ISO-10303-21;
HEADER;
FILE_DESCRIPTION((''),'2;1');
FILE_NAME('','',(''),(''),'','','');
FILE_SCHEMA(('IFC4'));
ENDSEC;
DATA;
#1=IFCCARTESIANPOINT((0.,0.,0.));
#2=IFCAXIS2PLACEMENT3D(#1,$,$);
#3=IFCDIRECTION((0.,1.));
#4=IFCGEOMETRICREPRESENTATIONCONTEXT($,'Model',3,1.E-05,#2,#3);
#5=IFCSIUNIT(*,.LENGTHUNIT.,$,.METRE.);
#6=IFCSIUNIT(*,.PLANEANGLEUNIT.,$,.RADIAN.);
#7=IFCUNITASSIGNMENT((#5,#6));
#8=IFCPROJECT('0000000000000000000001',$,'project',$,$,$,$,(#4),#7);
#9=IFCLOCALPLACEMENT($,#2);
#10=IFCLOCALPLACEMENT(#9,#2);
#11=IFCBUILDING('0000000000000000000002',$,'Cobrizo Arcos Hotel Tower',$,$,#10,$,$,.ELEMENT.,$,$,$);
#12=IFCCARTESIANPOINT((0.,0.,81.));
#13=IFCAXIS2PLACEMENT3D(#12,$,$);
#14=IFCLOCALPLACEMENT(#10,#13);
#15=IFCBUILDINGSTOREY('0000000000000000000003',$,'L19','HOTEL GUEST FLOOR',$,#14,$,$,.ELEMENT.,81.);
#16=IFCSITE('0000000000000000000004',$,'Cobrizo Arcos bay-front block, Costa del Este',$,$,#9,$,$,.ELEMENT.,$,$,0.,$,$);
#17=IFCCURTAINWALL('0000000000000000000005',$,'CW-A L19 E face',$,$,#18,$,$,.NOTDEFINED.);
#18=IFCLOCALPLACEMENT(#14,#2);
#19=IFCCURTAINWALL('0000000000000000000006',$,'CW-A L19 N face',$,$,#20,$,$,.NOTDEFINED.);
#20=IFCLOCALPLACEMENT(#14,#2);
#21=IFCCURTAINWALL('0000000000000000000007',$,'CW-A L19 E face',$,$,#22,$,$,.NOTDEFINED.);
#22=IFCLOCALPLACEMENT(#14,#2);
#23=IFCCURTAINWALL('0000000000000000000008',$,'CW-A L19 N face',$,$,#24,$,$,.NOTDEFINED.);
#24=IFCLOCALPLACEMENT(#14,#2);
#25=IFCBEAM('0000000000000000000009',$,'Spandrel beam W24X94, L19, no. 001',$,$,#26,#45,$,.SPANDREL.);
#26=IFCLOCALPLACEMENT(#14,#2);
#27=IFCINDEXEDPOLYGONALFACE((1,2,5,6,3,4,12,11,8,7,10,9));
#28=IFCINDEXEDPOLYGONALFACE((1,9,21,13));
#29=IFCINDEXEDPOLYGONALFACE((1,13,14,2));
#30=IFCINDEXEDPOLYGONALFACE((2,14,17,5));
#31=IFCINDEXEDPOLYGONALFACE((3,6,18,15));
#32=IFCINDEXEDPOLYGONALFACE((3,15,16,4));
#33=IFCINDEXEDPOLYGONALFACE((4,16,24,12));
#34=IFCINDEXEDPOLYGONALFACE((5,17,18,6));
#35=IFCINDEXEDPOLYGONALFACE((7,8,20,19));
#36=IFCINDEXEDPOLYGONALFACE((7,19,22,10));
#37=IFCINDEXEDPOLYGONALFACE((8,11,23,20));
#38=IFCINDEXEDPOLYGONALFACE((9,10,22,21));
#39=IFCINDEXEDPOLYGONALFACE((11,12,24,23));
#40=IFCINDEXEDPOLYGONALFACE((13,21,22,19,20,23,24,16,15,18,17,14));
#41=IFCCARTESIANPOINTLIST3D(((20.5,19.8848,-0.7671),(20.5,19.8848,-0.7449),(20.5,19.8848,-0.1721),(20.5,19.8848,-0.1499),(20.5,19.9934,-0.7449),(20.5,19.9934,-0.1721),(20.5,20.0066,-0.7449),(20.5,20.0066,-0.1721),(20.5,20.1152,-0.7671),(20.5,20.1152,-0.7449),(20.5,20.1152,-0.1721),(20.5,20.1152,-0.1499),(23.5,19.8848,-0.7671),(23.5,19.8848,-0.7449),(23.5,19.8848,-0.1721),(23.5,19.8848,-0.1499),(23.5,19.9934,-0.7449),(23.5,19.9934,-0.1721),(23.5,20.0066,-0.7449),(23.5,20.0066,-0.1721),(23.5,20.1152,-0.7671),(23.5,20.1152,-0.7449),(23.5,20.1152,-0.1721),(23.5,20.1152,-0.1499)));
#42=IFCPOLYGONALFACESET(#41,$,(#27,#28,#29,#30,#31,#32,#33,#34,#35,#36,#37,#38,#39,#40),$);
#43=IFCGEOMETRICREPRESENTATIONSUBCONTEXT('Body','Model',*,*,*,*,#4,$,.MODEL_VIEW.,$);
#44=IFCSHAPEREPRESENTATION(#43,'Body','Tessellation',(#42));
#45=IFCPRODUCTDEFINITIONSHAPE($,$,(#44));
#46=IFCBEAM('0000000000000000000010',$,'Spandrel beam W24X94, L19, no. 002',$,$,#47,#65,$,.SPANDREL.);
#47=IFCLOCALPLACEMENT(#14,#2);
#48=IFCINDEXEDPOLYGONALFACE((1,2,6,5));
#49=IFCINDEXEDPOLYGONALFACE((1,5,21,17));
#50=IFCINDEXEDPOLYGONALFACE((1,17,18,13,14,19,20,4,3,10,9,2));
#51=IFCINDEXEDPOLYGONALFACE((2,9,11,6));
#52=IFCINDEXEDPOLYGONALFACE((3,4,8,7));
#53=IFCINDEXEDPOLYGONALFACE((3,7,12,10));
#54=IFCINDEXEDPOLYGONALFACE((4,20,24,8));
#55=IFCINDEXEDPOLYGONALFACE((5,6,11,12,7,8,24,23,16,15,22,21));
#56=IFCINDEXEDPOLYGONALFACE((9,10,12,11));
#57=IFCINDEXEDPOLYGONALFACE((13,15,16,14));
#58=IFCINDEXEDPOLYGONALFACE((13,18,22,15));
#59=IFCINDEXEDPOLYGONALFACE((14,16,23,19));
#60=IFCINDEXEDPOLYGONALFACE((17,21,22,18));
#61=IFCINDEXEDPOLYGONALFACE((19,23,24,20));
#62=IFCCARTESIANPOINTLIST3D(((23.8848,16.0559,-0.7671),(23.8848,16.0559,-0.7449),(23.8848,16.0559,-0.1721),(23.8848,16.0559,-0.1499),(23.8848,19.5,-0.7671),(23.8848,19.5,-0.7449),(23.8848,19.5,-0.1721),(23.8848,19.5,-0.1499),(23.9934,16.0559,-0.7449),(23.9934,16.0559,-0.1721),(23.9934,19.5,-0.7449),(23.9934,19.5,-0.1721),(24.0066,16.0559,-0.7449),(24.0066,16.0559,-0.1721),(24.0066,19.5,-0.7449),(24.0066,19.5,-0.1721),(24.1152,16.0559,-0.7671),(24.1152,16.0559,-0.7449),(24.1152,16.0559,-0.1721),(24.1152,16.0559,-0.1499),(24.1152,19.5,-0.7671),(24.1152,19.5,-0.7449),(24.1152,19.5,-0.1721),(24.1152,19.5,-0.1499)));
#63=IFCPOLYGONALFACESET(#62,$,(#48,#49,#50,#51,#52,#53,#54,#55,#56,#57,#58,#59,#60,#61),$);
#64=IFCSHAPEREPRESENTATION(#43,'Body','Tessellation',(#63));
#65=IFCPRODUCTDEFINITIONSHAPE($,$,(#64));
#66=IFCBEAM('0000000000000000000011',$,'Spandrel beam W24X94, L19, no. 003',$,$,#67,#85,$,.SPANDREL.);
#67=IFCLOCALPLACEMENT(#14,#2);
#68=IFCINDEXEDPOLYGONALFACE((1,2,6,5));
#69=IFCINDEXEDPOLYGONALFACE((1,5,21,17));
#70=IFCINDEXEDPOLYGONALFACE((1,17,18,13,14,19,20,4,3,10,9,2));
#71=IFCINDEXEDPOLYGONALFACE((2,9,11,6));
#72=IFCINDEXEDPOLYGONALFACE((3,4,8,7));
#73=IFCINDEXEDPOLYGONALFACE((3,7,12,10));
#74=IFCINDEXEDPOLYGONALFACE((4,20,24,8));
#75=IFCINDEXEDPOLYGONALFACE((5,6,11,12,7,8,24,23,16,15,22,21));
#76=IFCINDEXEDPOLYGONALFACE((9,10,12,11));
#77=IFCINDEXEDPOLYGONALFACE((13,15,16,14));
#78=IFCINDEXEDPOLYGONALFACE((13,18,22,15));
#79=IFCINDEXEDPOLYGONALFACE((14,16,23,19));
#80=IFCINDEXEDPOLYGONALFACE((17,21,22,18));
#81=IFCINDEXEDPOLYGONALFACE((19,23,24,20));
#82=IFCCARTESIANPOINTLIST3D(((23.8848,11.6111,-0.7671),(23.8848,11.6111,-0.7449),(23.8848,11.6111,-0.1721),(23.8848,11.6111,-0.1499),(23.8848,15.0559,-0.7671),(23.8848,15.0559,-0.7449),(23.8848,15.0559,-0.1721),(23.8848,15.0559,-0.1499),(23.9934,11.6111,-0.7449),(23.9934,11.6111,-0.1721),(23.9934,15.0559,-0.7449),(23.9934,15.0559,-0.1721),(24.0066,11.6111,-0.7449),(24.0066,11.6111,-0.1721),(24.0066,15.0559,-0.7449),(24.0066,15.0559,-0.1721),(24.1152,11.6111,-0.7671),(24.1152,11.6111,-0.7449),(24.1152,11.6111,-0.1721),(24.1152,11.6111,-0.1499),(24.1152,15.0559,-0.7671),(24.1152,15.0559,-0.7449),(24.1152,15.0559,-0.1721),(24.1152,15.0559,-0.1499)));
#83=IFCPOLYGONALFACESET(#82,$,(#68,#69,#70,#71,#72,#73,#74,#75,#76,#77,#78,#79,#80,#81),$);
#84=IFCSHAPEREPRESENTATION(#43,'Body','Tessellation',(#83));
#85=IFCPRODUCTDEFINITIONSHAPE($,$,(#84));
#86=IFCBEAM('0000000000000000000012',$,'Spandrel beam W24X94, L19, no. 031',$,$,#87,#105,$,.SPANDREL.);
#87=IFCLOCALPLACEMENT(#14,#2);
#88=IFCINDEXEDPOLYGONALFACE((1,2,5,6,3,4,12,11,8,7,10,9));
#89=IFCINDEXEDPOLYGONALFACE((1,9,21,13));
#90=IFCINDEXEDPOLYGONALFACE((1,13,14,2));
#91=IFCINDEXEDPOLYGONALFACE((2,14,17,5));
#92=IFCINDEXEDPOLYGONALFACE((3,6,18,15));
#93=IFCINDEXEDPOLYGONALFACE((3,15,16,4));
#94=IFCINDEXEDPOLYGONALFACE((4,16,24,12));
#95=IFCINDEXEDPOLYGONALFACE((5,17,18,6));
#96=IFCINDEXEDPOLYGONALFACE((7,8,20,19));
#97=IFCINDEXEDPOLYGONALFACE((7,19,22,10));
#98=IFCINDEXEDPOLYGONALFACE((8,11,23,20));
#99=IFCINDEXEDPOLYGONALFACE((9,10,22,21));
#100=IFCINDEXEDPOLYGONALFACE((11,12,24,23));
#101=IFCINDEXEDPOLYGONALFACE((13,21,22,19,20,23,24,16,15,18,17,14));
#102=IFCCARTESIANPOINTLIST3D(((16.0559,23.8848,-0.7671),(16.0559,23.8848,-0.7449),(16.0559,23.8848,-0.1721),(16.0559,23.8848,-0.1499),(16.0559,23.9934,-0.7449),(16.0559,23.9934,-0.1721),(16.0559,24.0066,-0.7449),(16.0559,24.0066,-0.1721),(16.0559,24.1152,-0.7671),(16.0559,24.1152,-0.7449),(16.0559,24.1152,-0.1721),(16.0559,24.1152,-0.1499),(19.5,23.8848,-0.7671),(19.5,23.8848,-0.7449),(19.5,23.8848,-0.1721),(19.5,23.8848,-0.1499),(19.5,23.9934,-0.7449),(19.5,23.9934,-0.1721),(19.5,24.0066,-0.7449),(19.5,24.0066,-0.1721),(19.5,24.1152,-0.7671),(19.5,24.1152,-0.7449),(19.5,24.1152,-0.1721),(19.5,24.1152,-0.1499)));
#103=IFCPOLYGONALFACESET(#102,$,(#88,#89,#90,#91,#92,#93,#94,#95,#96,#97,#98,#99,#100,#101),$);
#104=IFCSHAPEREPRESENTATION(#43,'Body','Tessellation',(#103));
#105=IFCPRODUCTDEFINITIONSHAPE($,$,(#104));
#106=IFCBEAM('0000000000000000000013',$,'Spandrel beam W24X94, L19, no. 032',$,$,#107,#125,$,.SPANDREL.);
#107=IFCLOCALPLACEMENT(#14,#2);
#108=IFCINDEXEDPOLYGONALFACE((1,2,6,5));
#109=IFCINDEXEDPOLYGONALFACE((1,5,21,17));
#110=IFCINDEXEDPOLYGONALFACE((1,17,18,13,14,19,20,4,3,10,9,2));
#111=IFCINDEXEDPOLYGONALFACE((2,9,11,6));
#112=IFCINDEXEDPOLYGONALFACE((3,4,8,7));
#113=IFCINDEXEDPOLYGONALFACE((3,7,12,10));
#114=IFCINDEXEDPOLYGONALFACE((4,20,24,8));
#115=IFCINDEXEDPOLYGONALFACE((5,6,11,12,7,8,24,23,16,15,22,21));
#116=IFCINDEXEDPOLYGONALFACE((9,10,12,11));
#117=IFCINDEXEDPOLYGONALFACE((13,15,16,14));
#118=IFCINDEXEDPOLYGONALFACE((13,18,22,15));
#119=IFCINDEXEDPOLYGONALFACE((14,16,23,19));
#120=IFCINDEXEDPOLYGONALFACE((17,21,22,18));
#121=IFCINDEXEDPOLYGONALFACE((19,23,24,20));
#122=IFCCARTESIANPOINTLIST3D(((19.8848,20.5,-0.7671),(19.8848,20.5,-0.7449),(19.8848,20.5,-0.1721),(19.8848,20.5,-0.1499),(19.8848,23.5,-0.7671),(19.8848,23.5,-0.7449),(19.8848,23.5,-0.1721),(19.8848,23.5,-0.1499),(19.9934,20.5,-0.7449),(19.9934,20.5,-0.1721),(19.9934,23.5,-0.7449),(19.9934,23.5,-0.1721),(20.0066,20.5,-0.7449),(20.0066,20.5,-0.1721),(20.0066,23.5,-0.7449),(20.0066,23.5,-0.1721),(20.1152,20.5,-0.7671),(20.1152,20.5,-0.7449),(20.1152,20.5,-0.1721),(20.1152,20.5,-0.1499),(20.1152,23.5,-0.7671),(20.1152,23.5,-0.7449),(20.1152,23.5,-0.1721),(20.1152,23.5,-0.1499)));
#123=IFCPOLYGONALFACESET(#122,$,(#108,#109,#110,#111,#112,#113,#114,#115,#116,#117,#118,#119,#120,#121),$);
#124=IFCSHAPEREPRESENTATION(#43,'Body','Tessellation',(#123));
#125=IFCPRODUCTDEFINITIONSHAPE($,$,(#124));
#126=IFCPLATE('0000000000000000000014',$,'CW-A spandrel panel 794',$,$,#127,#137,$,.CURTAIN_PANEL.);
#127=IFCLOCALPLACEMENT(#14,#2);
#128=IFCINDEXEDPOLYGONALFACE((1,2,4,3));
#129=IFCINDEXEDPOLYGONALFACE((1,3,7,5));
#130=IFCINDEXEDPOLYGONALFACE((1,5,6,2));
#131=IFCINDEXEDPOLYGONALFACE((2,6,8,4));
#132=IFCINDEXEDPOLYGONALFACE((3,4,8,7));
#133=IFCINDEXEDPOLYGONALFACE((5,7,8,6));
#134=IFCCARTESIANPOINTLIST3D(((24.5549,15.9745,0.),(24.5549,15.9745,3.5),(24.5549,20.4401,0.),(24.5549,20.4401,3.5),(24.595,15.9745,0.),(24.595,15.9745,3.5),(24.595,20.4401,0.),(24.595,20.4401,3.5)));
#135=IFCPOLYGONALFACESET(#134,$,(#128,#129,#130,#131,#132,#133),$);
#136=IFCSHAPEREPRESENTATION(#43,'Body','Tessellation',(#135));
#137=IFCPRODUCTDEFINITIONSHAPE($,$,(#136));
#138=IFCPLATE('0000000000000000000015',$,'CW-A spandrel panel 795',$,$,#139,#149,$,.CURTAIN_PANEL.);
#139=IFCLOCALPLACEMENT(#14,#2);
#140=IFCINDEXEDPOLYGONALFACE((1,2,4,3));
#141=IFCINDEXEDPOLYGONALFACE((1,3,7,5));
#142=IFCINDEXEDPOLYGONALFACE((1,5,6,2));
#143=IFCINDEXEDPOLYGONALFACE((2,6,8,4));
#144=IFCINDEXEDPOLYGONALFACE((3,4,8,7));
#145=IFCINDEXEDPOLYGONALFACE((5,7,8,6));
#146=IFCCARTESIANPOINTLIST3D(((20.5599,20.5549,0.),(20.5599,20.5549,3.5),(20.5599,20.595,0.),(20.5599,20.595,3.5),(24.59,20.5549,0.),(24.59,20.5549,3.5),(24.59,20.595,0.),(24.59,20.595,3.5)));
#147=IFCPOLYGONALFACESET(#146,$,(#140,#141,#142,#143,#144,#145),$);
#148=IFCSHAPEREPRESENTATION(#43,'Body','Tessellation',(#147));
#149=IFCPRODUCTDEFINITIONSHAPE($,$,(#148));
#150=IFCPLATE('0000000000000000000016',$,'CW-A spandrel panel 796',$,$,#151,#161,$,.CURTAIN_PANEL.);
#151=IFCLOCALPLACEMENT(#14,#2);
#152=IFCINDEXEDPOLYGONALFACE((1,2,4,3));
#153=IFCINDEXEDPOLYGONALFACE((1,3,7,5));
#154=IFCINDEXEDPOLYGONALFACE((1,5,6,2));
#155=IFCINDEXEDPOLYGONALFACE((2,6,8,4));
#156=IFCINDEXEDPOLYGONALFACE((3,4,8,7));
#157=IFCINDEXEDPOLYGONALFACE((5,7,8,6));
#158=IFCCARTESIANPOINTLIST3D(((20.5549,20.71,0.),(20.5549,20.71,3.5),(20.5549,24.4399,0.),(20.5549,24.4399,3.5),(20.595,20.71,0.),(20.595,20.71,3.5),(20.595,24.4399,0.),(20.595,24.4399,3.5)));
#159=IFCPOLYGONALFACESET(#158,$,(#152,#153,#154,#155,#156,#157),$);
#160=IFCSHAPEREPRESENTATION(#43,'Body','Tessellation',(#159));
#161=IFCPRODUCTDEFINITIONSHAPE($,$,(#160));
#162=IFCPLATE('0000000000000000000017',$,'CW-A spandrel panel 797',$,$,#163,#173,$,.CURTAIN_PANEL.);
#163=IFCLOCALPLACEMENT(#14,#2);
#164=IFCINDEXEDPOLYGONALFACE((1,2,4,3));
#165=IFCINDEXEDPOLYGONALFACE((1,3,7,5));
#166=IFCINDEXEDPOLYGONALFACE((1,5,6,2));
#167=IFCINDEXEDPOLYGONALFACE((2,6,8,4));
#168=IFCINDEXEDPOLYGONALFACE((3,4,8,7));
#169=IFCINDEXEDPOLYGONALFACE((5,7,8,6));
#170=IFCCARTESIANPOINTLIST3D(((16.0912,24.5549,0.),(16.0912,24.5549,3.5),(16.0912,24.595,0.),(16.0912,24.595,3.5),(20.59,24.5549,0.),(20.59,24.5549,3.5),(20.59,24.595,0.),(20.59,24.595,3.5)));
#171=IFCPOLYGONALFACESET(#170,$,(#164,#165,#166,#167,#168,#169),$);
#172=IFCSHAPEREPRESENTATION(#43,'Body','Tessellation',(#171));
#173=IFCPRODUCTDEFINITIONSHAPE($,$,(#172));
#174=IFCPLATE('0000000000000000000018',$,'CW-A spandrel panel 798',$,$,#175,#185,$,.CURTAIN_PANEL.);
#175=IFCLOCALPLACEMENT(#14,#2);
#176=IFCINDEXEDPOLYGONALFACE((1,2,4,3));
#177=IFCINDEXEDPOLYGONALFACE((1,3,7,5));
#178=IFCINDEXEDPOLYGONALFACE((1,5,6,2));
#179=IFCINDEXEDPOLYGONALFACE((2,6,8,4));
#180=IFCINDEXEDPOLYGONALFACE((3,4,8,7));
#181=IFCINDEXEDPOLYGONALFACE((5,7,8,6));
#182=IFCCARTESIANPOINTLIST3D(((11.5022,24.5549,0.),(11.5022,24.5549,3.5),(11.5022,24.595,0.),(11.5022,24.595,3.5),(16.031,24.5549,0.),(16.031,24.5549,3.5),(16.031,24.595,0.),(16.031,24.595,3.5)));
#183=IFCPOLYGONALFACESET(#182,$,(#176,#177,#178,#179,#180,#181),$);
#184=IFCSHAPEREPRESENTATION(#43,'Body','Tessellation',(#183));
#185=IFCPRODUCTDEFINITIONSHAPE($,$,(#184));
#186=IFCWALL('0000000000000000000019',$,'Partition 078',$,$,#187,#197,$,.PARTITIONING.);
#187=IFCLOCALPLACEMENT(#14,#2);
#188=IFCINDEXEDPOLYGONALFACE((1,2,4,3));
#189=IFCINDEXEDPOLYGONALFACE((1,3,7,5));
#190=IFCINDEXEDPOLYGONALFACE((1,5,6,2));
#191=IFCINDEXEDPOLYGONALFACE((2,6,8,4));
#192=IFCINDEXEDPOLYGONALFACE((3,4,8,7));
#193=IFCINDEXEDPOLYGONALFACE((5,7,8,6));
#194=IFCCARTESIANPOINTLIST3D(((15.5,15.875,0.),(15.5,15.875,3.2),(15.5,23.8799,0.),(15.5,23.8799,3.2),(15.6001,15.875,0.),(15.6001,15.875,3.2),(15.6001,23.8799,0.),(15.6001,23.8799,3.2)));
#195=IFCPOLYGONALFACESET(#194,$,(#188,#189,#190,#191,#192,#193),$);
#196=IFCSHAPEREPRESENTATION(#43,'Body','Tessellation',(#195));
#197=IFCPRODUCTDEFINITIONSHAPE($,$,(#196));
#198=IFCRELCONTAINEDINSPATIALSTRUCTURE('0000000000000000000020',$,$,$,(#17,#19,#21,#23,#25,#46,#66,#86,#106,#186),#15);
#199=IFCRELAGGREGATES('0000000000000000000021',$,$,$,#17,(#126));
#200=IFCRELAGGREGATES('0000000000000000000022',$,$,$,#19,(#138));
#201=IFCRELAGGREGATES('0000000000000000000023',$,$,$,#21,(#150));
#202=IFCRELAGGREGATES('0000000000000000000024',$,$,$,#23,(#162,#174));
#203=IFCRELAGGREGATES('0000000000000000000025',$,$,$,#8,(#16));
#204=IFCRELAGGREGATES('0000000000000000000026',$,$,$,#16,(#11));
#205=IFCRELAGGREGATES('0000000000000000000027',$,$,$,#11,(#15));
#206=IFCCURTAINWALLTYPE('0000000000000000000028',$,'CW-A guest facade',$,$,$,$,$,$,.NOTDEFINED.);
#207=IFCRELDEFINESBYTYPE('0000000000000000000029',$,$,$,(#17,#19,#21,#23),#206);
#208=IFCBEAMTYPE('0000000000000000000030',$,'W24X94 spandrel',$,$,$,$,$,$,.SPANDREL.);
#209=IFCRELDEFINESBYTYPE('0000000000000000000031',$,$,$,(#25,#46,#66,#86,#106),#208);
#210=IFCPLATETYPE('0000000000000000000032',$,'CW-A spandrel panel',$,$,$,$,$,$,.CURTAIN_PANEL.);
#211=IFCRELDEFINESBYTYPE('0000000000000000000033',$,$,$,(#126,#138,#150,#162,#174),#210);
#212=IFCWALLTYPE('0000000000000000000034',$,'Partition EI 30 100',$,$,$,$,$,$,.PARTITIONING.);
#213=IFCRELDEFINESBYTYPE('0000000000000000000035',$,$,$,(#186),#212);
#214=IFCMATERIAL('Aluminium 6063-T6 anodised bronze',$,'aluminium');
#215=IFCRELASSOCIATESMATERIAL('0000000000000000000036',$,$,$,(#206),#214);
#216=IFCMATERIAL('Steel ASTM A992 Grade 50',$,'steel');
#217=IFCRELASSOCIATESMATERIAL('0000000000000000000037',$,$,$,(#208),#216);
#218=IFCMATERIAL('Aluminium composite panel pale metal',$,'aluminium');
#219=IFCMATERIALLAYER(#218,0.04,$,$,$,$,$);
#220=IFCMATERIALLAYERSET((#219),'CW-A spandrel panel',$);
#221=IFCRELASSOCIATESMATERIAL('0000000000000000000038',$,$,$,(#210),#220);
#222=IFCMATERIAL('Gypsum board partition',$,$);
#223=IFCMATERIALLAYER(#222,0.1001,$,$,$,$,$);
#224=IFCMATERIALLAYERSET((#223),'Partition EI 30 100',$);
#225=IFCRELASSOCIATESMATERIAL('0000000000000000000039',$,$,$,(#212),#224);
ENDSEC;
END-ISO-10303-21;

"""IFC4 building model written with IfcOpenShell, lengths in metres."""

from ifc_helpers import new_model, si_unit, direction, frame, frame_2d, origin, origin_2d, place, context, subcontext, project, spatial, rectangle, i_section, extrude, material, layer, layer_set, material_profile, profile_set, type_object, element, aggregate, save


model = new_model("IFC4")

# Units and contexts
model_context = context("Model", 3, precision=1e-05, world=origin(), true_north=direction((0.0, 1.0)))
body_context = subcontext(model_context, "Body", "Model", "MODEL_VIEW")
ifc_project = project(units=[si_unit("LENGTHUNIT", "METRE"), si_unit("PLANEANGLEUNIT", "RADIAN")], contexts=[model_context])

# Site, building, storey
site_placement = place(None, origin())
site = spatial("IfcSite", under=ifc_project, at=site_placement, Name="Cobrizo Arcos bay-front block, Costa del Este", CompositionType="ELEMENT", RefElevation=0.0)
building_placement = place(site_placement, origin())
building = spatial("IfcBuilding", under=site, at=building_placement, Name="Cobrizo Arcos Hotel Tower", CompositionType="ELEMENT")
storey_placement = place(building_placement, frame((0.0, 0.0, 81.0)))
storey = spatial("IfcBuildingStorey", under=building, at=storey_placement, Name="L19", Description="HOTEL GUEST FLOOR", CompositionType="ELEMENT", Elevation=81.0)

# Curtain walls
ifc_material_1 = material(Name="Aluminium 6063-T6 anodised bronze", Category="aluminium")
curtain_wall_type = type_object("IfcCurtainWallType", Name="CW-A guest facade", PredefinedType="NOTDEFINED", material=ifc_material_1)
curtain_wall_1_placement = place(storey_placement, origin())
curtain_wall_1 = element("IfcCurtainWall", 1, at=curtain_wall_1_placement, inside=storey, type_object=curtain_wall_type, Name="CW-A L19 E face", PredefinedType="NOTDEFINED")
curtain_wall_2_placement = place(storey_placement, origin())
curtain_wall_2 = element("IfcCurtainWall", 2, at=curtain_wall_2_placement, inside=storey, type_object=curtain_wall_type, Name="CW-A L19 N face", PredefinedType="NOTDEFINED")
curtain_wall_3_placement = place(storey_placement, origin())
curtain_wall_3 = element("IfcCurtainWall", 3, at=curtain_wall_3_placement, inside=storey, type_object=curtain_wall_type, Name="CW-A L19 E face", PredefinedType="NOTDEFINED")
curtain_wall_4_placement = place(storey_placement, origin())
curtain_wall_4 = element("IfcCurtainWall", 4, at=curtain_wall_4_placement, inside=storey, type_object=curtain_wall_type, Name="CW-A L19 N face", PredefinedType="NOTDEFINED")

# Beams
ifc_material_2 = material(Name="Steel ASTM A992 Grade 50", Category="steel")
ifc_material_profile_1 = material_profile(ifc_material_2, i_section(OverallWidth=0.2305, OverallDepth=0.6172, WebThickness=0.0132, FlangeThickness=0.0222, at=origin_2d()), Name="W24X94")
ifc_profile_set_1 = profile_set([ifc_material_profile_1], Name="Steel ASTM A992 Grade 50")
beam_type = type_object("IfcBeamType", Name="W24X94 spandrel", PredefinedType="SPANDREL", material=ifc_profile_set_1)
beam_1_placement = place(storey_placement, frame((20.5, 20.0, -0.4585), z_axis=(1.0, 0.0, 0.0), x_axis=(0.0, 1.0, 0.0)))
element("IfcBeam", 5, at=beam_1_placement, inside=storey, type_object=beam_type, Name="Spandrel beam W24X94, L19, no. 001", PredefinedType="SPANDREL", context=body_context, shape_type="SweptSolid", body=[
    extrude(i_section(OverallWidth=0.2305, OverallDepth=0.6172, WebThickness=0.0132, FlangeThickness=0.0222, at=origin_2d()), origin(), (0.0, 0.0, 1.0), 3.0),
])
beam_2_placement = place(storey_placement, frame((24.0, 19.5, -0.4585), z_axis=(0.0, -1.0, 0.0), x_axis=(1.0, 0.0, 0.0)))
element("IfcBeam", 6, at=beam_2_placement, inside=storey, type_object=beam_type, Name="Spandrel beam W24X94, L19, no. 002", PredefinedType="SPANDREL", context=body_context, shape_type="SweptSolid", body=[
    extrude(i_section(OverallWidth=0.2305, OverallDepth=0.6172, WebThickness=0.0132, FlangeThickness=0.0222, at=origin_2d()), origin(), (0.0, 0.0, 1.0), 3.4441),
])
beam_3_placement = place(storey_placement, frame((24.0, 15.0559, -0.4585), z_axis=(0.0, -1.0, 0.0), x_axis=(1.0, 0.0, 0.0)))
element("IfcBeam", 7, at=beam_3_placement, inside=storey, type_object=beam_type, Name="Spandrel beam W24X94, L19, no. 003", PredefinedType="SPANDREL", context=body_context, shape_type="SweptSolid", body=[
    extrude(i_section(OverallWidth=0.2305, OverallDepth=0.6172, WebThickness=0.0132, FlangeThickness=0.0222, at=origin_2d()), origin(), (0.0, 0.0, 1.0), 3.4448),
])
beam_4_placement = place(storey_placement, frame((16.0559, 24.0, -0.4585), z_axis=(1.0, 0.0, 0.0), x_axis=(0.0, 1.0, 0.0)))
element("IfcBeam", 8, at=beam_4_placement, inside=storey, type_object=beam_type, Name="Spandrel beam W24X94, L19, no. 031", PredefinedType="SPANDREL", context=body_context, shape_type="SweptSolid", body=[
    extrude(i_section(OverallWidth=0.2305, OverallDepth=0.6172, WebThickness=0.0132, FlangeThickness=0.0222, at=origin_2d()), origin(), (0.0, 0.0, 1.0), 3.4441),
])
beam_5_placement = place(storey_placement, frame((20.0, 23.5, -0.4585), z_axis=(0.0, -1.0, 0.0), x_axis=(1.0, 0.0, 0.0)))
element("IfcBeam", 9, at=beam_5_placement, inside=storey, type_object=beam_type, Name="Spandrel beam W24X94, L19, no. 032", PredefinedType="SPANDREL", context=body_context, shape_type="SweptSolid", body=[
    extrude(i_section(OverallWidth=0.2305, OverallDepth=0.6172, WebThickness=0.0132, FlangeThickness=0.0222, at=origin_2d()), origin(), (0.0, 0.0, 1.0), 3.0),
])

# Plates
ifc_material_3 = material(Name="Aluminium composite panel pale metal", Category="aluminium")
ifc_layer_1 = layer(ifc_material_3, 0.04)
ifc_layer_set_1 = layer_set([ifc_layer_1], Name="CW-A spandrel panel")
plate_type = type_object("IfcPlateType", Name="CW-A spandrel panel", PredefinedType="CURTAIN_PANEL", material=ifc_layer_set_1)
plate_1_placement = place(storey_placement, frame((24.575, 18.2073, 0.0), z_axis=(0.0, 0.0, 1.0), x_axis=(0.0, 1.0, 0.0)))
plate_1 = element("IfcPlate", 10, at=plate_1_placement, type_object=plate_type, Name="CW-A spandrel panel 794", PredefinedType="CURTAIN_PANEL", context=body_context, shape_type="SweptSolid", body=[
    extrude(rectangle(XDim=4.4656, YDim=0.04, at=origin_2d()), origin(), (0.0, 0.0, 1.0), 3.5),
])
aggregate(curtain_wall_1, [plate_1])
plate_2_placement = place(storey_placement, frame((22.575, 20.575, 0.0), z_axis=(0.0, 0.0, 1.0), x_axis=(-1.0, 0.0, 0.0)))
plate_2 = element("IfcPlate", 11, at=plate_2_placement, type_object=plate_type, Name="CW-A spandrel panel 795", PredefinedType="CURTAIN_PANEL", context=body_context, shape_type="SweptSolid", body=[
    extrude(rectangle(XDim=4.03, YDim=0.04, at=origin_2d()), origin(), (0.0, 0.0, 1.0), 3.5),
])
aggregate(curtain_wall_2, [plate_2])
plate_3_placement = place(storey_placement, frame((20.575, 22.575, 0.0), z_axis=(0.0, 0.0, 1.0), x_axis=(0.0, 1.0, 0.0)))
plate_3 = element("IfcPlate", 12, at=plate_3_placement, type_object=plate_type, Name="CW-A spandrel panel 796", PredefinedType="CURTAIN_PANEL", context=body_context, shape_type="SweptSolid", body=[
    extrude(rectangle(XDim=3.73, YDim=0.04, at=origin_2d()), origin(), (0.0, 0.0, 1.0), 3.5),
])
aggregate(curtain_wall_3, [plate_3])
plate_4_placement = place(storey_placement, frame((18.3406, 24.575, 0.0), z_axis=(0.0, 0.0, 1.0), x_axis=(-1.0, 0.0, 0.0)))
plate_4 = element("IfcPlate", 13, at=plate_4_placement, type_object=plate_type, Name="CW-A spandrel panel 797", PredefinedType="CURTAIN_PANEL", context=body_context, shape_type="SweptSolid", body=[
    extrude(rectangle(XDim=4.4988, YDim=0.04, at=origin_2d()), origin(), (0.0, 0.0, 1.0), 3.5),
])
plate_5_placement = place(storey_placement, frame((13.7666, 24.575, 0.0), z_axis=(0.0, 0.0, 1.0), x_axis=(-1.0, 0.0, 0.0)))
plate_5 = element("IfcPlate", 14, at=plate_5_placement, type_object=plate_type, Name="CW-A spandrel panel 798", PredefinedType="CURTAIN_PANEL", context=body_context, shape_type="SweptSolid", body=[
    extrude(rectangle(XDim=4.5288, YDim=0.04, at=origin_2d()), origin(), (0.0, 0.0, 1.0), 3.5),
])
aggregate(curtain_wall_4, [plate_4, plate_5])

# Wall
ifc_material_4 = material(Name="Gypsum board partition")
ifc_layer_2 = layer(ifc_material_4, 0.1001)
ifc_layer_set_2 = layer_set([ifc_layer_2], Name="Partition EI 30 100")
wall_type = type_object("IfcWallType", Name="Partition EI 30 100", PredefinedType="PARTITIONING", material=ifc_layer_set_2)
wall_placement = place(storey_placement, frame((15.55, 15.875, 0.0), z_axis=(0.0, 0.0, 1.0), x_axis=(0.0, 1.0, 0.0)))
element("IfcWall", 15, at=wall_placement, inside=storey, type_object=wall_type, Name="Partition 078", PredefinedType="PARTITIONING", context=body_context, shape_type="SweptSolid", body=[
    extrude(rectangle(XDim=8.0049, YDim=0.1001, at=frame_2d((4.0024, 0.0))), origin(), (0.0, 0.0, 1.0), 3.2),
])

save(model, "model.ifc")
